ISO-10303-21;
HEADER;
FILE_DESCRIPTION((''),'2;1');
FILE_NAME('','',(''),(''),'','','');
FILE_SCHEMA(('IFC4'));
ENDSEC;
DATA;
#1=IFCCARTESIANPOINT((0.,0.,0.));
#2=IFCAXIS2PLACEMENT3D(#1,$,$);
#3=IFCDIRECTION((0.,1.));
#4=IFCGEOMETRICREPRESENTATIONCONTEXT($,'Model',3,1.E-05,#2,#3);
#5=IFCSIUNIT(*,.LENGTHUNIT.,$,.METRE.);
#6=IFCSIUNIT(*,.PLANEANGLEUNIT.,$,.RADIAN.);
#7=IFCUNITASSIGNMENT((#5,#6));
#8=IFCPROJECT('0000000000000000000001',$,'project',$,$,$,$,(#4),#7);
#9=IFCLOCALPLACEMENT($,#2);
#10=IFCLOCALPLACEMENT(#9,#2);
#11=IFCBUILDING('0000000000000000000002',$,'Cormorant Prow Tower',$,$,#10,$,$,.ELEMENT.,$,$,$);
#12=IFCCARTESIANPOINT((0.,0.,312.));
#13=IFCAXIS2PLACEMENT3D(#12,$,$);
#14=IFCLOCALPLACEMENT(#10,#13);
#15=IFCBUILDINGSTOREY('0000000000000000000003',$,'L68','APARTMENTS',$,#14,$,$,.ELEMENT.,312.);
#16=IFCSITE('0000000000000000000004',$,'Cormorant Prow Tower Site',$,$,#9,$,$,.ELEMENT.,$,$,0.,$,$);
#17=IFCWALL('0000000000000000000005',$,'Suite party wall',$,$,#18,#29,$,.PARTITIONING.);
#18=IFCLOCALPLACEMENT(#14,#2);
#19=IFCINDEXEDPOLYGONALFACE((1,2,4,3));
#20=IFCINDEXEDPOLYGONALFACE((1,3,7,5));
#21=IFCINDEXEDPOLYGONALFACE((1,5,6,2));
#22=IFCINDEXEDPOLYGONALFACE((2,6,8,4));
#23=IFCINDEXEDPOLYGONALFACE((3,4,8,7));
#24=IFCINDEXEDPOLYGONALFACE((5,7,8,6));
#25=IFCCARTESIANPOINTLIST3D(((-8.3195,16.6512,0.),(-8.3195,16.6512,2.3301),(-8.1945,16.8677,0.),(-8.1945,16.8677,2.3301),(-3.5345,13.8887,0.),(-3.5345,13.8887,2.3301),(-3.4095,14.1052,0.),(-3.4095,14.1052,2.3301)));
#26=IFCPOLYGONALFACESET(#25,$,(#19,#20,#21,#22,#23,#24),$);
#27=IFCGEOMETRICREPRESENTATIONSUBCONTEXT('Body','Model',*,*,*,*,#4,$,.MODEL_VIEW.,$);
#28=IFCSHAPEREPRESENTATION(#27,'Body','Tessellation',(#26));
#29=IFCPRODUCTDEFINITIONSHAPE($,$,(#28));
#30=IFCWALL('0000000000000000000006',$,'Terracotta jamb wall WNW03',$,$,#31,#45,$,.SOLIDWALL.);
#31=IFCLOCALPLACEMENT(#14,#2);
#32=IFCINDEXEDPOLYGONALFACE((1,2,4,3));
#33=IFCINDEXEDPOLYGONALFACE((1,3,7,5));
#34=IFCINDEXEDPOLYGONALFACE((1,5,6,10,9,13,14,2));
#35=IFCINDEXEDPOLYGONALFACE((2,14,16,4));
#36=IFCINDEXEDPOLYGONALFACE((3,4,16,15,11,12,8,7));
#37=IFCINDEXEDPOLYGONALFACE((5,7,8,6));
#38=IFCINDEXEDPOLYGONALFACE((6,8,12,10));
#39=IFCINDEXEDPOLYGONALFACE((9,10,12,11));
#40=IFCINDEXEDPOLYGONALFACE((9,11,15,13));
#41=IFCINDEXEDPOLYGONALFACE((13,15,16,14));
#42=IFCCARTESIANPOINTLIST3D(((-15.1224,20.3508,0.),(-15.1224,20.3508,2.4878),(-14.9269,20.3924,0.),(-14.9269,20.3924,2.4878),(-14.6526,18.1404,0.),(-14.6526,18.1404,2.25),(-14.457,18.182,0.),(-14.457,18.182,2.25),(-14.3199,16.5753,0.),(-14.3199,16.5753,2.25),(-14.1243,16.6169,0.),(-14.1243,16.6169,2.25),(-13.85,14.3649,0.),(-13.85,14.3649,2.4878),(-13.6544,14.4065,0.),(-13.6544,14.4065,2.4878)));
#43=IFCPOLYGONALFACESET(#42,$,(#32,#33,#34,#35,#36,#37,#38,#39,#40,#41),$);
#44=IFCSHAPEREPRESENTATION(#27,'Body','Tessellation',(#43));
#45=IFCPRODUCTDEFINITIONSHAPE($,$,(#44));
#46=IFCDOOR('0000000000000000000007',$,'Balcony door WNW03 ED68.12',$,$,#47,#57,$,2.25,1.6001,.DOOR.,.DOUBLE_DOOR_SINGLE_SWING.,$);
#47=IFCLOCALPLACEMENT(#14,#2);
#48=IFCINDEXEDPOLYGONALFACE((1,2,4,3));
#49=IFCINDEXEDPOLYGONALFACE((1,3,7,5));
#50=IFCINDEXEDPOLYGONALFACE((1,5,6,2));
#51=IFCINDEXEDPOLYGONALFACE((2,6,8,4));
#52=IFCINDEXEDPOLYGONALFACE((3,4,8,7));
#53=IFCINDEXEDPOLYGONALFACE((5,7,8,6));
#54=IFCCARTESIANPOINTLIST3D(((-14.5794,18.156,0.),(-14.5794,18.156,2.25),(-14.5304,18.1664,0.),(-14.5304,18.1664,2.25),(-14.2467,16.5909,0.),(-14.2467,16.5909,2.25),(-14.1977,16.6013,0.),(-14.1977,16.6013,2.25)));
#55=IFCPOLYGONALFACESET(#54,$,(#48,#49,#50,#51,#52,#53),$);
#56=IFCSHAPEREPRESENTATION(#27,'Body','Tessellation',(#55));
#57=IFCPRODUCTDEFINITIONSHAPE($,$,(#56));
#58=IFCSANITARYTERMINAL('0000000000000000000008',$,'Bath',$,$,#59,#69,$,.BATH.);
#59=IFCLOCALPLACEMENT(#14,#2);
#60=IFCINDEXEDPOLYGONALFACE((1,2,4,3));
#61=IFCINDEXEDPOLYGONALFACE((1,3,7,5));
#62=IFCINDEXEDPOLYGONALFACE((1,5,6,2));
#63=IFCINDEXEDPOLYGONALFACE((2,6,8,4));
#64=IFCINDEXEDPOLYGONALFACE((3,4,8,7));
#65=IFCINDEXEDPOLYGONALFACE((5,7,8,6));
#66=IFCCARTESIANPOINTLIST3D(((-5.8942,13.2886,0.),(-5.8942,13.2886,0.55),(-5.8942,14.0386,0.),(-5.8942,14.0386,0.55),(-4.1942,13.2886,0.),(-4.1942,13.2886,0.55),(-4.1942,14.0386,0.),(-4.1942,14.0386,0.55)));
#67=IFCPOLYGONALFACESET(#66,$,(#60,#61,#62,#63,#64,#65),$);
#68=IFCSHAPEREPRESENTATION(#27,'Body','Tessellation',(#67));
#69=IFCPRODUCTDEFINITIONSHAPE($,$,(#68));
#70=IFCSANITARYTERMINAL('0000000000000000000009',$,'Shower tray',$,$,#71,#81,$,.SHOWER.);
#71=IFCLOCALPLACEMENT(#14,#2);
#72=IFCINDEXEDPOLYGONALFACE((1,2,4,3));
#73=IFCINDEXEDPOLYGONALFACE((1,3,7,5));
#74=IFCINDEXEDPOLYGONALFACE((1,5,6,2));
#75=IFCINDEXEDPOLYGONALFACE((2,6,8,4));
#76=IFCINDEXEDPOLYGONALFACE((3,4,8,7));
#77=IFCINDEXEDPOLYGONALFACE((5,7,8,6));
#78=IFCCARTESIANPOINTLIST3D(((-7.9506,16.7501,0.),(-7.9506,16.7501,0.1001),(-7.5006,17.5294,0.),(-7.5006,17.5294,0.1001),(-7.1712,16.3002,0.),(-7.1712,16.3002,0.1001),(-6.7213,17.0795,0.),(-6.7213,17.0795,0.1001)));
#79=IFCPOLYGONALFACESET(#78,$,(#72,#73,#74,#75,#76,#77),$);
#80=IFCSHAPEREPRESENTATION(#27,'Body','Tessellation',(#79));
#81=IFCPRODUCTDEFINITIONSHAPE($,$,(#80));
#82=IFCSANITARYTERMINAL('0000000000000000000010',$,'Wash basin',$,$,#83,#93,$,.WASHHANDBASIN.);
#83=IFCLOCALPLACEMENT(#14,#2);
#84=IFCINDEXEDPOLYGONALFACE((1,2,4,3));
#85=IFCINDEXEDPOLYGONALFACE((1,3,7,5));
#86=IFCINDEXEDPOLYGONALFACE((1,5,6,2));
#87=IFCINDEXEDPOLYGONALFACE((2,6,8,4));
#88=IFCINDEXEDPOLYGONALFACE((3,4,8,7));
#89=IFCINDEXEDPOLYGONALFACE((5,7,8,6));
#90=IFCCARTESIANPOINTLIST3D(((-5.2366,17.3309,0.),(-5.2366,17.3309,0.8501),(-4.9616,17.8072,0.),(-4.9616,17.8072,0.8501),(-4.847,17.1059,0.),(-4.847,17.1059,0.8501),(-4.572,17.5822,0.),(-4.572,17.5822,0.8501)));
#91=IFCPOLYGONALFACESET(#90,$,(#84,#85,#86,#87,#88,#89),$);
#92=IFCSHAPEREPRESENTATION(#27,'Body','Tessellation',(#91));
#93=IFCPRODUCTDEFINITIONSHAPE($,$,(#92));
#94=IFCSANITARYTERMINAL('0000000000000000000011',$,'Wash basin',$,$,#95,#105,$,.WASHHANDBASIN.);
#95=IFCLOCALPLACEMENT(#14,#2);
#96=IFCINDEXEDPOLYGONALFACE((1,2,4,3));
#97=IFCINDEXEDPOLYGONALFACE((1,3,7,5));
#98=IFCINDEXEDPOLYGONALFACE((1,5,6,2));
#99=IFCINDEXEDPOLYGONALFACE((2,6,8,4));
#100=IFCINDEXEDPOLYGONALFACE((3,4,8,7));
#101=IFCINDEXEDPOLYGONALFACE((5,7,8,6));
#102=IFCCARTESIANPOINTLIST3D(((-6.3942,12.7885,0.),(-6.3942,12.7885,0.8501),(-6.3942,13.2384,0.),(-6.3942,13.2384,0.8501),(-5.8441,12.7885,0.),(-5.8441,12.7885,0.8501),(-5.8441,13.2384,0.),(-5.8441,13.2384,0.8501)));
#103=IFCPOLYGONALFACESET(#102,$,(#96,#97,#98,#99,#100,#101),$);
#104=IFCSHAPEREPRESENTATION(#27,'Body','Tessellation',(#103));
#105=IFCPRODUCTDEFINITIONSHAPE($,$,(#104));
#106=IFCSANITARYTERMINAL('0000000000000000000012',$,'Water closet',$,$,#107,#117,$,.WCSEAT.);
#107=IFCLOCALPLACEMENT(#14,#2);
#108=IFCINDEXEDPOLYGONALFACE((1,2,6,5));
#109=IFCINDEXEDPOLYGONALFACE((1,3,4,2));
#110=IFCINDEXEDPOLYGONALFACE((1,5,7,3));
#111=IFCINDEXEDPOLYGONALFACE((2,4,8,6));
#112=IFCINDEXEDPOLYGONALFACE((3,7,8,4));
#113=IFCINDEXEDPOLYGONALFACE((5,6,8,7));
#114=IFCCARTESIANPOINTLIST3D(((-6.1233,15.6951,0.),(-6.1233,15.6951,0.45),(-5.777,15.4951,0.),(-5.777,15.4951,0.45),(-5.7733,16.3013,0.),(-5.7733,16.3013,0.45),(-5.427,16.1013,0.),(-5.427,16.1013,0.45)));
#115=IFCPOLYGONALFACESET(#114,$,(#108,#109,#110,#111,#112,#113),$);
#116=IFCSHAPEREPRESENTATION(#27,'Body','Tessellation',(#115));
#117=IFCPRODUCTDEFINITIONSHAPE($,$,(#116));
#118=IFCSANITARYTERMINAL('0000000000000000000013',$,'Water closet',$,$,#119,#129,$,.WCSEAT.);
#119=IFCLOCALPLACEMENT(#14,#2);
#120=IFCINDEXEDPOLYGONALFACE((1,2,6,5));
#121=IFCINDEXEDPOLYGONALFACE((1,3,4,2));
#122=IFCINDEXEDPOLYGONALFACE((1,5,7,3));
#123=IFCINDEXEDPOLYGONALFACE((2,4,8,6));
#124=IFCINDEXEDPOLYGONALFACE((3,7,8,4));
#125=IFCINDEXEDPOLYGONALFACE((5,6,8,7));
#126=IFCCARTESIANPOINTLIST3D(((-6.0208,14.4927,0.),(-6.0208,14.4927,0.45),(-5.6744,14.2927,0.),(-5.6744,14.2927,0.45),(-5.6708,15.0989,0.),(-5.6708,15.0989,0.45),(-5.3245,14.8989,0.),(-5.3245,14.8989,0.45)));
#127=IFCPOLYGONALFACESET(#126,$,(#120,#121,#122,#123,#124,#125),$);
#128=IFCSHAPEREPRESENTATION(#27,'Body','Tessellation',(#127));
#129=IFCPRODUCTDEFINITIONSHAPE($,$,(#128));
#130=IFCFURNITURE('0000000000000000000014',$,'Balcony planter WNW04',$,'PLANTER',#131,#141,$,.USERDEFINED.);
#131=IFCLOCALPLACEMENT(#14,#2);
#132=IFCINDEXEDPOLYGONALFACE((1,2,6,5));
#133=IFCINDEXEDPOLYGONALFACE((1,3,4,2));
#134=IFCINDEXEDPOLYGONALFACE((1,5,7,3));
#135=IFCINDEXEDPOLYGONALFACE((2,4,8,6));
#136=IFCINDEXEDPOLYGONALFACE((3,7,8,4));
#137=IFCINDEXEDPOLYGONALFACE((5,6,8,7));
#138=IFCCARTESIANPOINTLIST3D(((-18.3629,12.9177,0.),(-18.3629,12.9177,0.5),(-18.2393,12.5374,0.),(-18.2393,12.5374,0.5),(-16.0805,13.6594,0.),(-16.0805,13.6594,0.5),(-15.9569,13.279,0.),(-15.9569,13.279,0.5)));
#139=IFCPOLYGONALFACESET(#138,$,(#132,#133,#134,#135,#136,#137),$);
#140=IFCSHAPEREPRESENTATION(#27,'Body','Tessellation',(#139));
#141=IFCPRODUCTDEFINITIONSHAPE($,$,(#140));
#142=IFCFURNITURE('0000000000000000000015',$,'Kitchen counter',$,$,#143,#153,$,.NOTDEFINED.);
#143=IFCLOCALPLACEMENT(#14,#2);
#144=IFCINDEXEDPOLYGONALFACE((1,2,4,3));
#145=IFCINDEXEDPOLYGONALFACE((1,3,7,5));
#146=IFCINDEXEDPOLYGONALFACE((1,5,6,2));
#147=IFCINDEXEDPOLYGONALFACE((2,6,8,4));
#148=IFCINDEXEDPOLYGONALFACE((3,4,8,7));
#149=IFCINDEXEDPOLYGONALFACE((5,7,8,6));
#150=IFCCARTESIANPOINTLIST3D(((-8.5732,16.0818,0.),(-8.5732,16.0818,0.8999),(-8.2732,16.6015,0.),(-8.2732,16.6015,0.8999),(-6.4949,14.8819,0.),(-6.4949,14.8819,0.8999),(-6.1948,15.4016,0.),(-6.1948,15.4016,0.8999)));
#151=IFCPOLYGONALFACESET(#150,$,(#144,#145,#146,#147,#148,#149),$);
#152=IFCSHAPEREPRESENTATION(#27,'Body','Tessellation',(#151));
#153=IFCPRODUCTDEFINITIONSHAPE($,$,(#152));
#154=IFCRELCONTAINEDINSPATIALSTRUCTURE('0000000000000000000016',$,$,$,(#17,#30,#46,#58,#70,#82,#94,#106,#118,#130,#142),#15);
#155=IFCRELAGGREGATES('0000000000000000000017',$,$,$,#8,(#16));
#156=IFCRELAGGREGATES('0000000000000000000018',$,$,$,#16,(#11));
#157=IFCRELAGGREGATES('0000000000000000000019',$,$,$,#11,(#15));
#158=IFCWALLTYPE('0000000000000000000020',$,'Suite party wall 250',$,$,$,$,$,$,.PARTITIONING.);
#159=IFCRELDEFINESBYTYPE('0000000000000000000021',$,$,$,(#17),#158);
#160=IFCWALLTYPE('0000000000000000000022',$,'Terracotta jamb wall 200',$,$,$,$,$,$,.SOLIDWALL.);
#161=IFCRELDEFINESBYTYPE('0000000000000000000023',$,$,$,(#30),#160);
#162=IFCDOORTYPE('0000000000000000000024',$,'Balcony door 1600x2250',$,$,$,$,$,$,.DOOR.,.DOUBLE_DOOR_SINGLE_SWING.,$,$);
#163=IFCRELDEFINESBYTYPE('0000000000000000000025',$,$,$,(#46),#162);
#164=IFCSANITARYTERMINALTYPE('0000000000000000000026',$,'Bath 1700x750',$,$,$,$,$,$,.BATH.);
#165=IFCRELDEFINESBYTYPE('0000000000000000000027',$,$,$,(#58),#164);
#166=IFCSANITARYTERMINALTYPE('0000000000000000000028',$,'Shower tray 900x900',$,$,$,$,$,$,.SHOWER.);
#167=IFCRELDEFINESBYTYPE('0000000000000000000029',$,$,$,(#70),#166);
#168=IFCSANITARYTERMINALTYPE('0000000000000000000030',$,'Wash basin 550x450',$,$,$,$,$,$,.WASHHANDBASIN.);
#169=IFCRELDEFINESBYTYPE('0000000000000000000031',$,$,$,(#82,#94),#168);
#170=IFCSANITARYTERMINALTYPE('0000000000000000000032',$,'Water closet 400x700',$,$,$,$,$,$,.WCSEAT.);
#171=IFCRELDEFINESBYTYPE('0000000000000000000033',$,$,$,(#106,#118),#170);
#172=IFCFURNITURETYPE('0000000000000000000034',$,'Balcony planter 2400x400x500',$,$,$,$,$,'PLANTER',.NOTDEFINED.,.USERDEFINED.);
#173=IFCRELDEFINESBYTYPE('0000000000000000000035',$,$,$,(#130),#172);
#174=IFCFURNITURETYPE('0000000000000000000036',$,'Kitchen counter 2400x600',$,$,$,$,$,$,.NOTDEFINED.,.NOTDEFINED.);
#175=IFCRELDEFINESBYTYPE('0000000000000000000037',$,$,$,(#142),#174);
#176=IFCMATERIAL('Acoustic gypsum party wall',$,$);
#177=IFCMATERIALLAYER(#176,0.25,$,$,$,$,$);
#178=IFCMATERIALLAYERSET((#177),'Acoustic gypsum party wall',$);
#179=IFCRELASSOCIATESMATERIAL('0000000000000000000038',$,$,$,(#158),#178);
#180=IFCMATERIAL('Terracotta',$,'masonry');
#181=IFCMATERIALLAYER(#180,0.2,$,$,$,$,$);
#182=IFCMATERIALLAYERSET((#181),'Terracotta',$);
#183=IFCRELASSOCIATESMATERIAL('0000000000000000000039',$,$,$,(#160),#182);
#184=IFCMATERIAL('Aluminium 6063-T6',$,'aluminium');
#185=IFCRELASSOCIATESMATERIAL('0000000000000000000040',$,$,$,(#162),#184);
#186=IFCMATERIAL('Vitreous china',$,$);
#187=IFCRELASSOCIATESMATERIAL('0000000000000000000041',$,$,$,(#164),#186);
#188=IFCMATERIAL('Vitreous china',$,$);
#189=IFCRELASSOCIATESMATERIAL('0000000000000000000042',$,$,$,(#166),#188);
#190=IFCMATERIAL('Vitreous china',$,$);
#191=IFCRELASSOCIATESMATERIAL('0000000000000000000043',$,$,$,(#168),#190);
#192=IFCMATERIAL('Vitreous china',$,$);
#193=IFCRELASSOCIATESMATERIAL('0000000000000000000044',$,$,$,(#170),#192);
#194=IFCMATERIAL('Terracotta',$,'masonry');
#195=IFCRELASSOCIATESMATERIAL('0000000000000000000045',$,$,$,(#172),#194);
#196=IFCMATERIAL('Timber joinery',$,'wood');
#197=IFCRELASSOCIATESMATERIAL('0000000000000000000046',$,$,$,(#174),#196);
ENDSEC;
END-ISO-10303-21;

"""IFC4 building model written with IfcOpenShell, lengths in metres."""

from ifc_helpers import new_model, si_unit, direction, frame, frame_2d, origin, origin_2d, place, context, subcontext, project, spatial, rectangle, extrude, material, layer, layer_set, type_object, element, fill, save


model = new_model("IFC4")

# Units and contexts
model_context = context("Model", 3, precision=1e-05, world=origin(), true_north=direction((0.0, 1.0)))
body_context = subcontext(model_context, "Body", "Model", "MODEL_VIEW")
ifc_project = project(units=[si_unit("LENGTHUNIT", "METRE"), si_unit("PLANEANGLEUNIT", "RADIAN")], contexts=[model_context])

# Site, building, storey
site_placement = place(None, origin())
site = spatial("IfcSite", under=ifc_project, at=site_placement, Name="Cormorant Prow Tower Site", CompositionType="ELEMENT", RefElevation=0.0)
building_placement = place(site_placement, origin())
building = spatial("IfcBuilding", under=site, at=building_placement, Name="Cormorant Prow Tower", CompositionType="ELEMENT")
storey_placement = place(building_placement, frame((0.0, 0.0, 312.0)))
storey = spatial("IfcBuildingStorey", under=building, at=storey_placement, Name="L68", Description="APARTMENTS", CompositionType="ELEMENT", Elevation=312.0)

# Wall
ifc_material_1 = material(Name="Acoustic gypsum party wall")
ifc_layer_1 = layer(ifc_material_1, 0.25)
ifc_layer_set_1 = layer_set([ifc_layer_1], Name="Acoustic gypsum party wall")
wall_type_1 = type_object("IfcWallType", Name="Suite party wall 250", PredefinedType="PARTITIONING", material=ifc_layer_set_1)
wall_1_placement = place(storey_placement, frame((-8.2571, 16.7595, 0.0), z_axis=(0.0, 0.0, 1.0), x_axis=(0.866035, -0.499984, 0.0)))
element("IfcWall", 1, at=wall_1_placement, inside=storey, type_object=wall_type_1, Name="Suite party wall", PredefinedType="PARTITIONING", context=body_context, shape_type="SweptSolid", body=[
    extrude(rectangle(XDim=5.5251, YDim=0.25, at=frame_2d((2.7627, 0.0))), origin(), (0.0, 0.0, 1.0), 2.3301),
])

# Wall, opening, door
ifc_material_2 = material(Name="Terracotta", Category="masonry")
ifc_layer_2 = layer(ifc_material_2, 0.2)
ifc_layer_set_2 = layer_set([ifc_layer_2], Name="Terracotta")
wall_type_2 = type_object("IfcWallType", Name="Terracotta jamb wall 200", PredefinedType="SOLIDWALL", material=ifc_layer_set_2)
wall_2_placement = place(storey_placement, frame((-15.0247, 20.3716, 0.0), z_axis=(0.0, 0.0, 1.0), x_axis=(0.207932, -0.978143, 0.0)))
wall_2 = element("IfcWall", 2, at=wall_2_placement, inside=storey, type_object=wall_type_2, Name="Terracotta jamb wall WNW03", PredefinedType="SOLIDWALL", context=body_context, shape_type="SweptSolid", body=[
    extrude(rectangle(XDim=6.1196, YDim=0.2, at=frame_2d((3.0598, 0.0))), origin(), (0.0, 0.0, 1.0), 2.4878),
])
opening_1_placement = place(wall_2_placement, frame((2.2598, 0.0, 0.0)))
opening_1 = element("IfcOpeningElement", 3, at=opening_1_placement, cuts=wall_2, PredefinedType="OPENING", context=body_context, shape_type="SweptSolid", body=[
    extrude(rectangle(XDim=1.6001, YDim=2.25, at=frame_2d((0.8, 1.125))), frame((0.0, 0.1099, 0.0), z_axis=(0.0, -1.0, 0.0), x_axis=(1.0, 0.0, 0.0)), (0.0, 0.0, 1.0), 0.22),
])
ifc_material_3 = material(Name="Aluminium 6063-T6", Category="aluminium")
door_type_1 = type_object("IfcDoorType", Name="Balcony door 1600x2250", OperationType="DOUBLE_DOOR_SINGLE_SWING", PredefinedType="DOOR", material=ifc_material_3)
door_1_placement = place(opening_1_placement, origin())
door_1 = element("IfcDoor", 4, at=door_1_placement, inside=storey, type_object=door_type_1, Name="Balcony door WNW03 ED68.12", OperationType="DOUBLE_DOOR_SINGLE_SWING", OverallHeight=2.25, OverallWidth=1.6001, PredefinedType="DOOR", context=body_context, shape_type="SweptSolid", body=[
    extrude(rectangle(XDim=1.6001, YDim=2.25, at=frame_2d((0.8, 1.125))), frame((0.0, 0.0249, 0.0), z_axis=(0.0, -1.0, 0.0), x_axis=(1.0, 0.0, 0.0)), (0.0, 0.0, 1.0), 0.05),
])
fill(opening_1, door_1)

# Sanitary terminals
ifc_material_4 = material(Name="Vitreous china")
sanitary_terminal_type_1 = type_object("IfcSanitaryTerminalType", Name="Bath 1700x750", PredefinedType="BATH", material=ifc_material_4)
sanitary_terminal_1_placement = place(storey_placement, frame((-5.0442, 13.6636, 0.0), z_axis=(0.0, 0.0, 1.0), x_axis=(1.0, 0.0, 0.0)))
element("IfcSanitaryTerminal", 5, at=sanitary_terminal_1_placement, inside=storey, type_object=sanitary_terminal_type_1, Name="Bath", PredefinedType="BATH", context=body_context, shape_type="SweptSolid", body=[
    extrude(rectangle(XDim=1.7, YDim=0.75, at=origin_2d()), origin(), (0.0, 0.0, 1.0), 0.55),
])
ifc_material_5 = material(Name="Vitreous china")
sanitary_terminal_type_2 = type_object("IfcSanitaryTerminalType", Name="Shower tray 900x900", PredefinedType="SHOWER", material=ifc_material_5)
sanitary_terminal_2_placement = place(storey_placement, frame((-7.3359, 16.9148, 0.0), z_axis=(0.0, 0.0, 1.0), x_axis=(0.5, 0.866025, 0.0)))
element("IfcSanitaryTerminal", 6, at=sanitary_terminal_2_placement, inside=storey, type_object=sanitary_terminal_type_2, Name="Shower tray", PredefinedType="SHOWER", context=body_context, shape_type="SweptSolid", body=[
    extrude(rectangle(XDim=0.8999, YDim=0.8999, at=origin_2d()), origin(), (0.0, 0.0, 1.0), 0.1001),
])
ifc_material_6 = material(Name="Vitreous china")
sanitary_terminal_type_3 = type_object("IfcSanitaryTerminalType", Name="Wash basin 550x450", PredefinedType="WASHHANDBASIN", material=ifc_material_6)
for number, where, z_axis, x_axis, name in (
    (7, (-4.9043, 17.4565, 0.0), (0.0, 0.0, 1.0), (-0.5, -0.866025, 0.0), "Wash basin"),
    (8, (-6.1191, 13.0134, 0.0), (0.0, 0.0, 1.0), (1.0, 0.0, 0.0), "Wash basin"),
):
    element("IfcSanitaryTerminal", number, at=place(storey_placement, frame(where, z_axis=z_axis, x_axis=x_axis)), inside=storey, type_object=sanitary_terminal_type_3, Name=name, PredefinedType="WASHHANDBASIN", context=body_context, shape_type="SweptSolid", body=[
        extrude(rectangle(XDim=0.55, YDim=0.45, at=origin_2d()), origin(), (0.0, 0.0, 1.0), 0.8501),
    ])
ifc_material_7 = material(Name="Vitreous china")
sanitary_terminal_type_4 = type_object("IfcSanitaryTerminalType", Name="Water closet 400x700", PredefinedType="WCSEAT", material=ifc_material_7)
for number, where, z_axis, x_axis, name in (
    (9, (-5.7751, 15.8982, 0.0), (0.0, 0.0, 1.0), (-0.866025, 0.5, 0.0), "Water closet"),
    (10, (-5.6726, 14.6958, 0.0), (0.0, 0.0, 1.0), (0.866025, -0.5, 0.0), "Water closet"),
):
    element("IfcSanitaryTerminal", number, at=place(storey_placement, frame(where, z_axis=z_axis, x_axis=x_axis)), inside=storey, type_object=sanitary_terminal_type_4, Name=name, PredefinedType="WCSEAT", context=body_context, shape_type="SweptSolid", body=[
        extrude(rectangle(XDim=0.3999, YDim=0.7, at=origin_2d()), origin(), (0.0, 0.0, 1.0), 0.45),
    ])

# Furniture
ifc_material_8 = material(Name="Terracotta", Category="masonry")
furniture_type_1 = type_object("IfcFurnitureType", Name="Balcony planter 2400x400x500", ElementType="PLANTER", AssemblyPlace="NOTDEFINED", PredefinedType="USERDEFINED", material=ifc_material_8)
furniture_1_placement = place(storey_placement, frame((-17.1599, 13.0984, 0.0), z_axis=(0.0, 0.0, 1.0), x_axis=(-0.951056, -0.309017, 0.0)))
element("IfcFurniture", 11, at=furniture_1_placement, inside=storey, type_object=furniture_type_1, Name="Balcony planter WNW04", ObjectType="PLANTER", PredefinedType="USERDEFINED", context=body_context, shape_type="SweptSolid", body=[
    extrude(rectangle(XDim=2.3999, YDim=0.3999, at=origin_2d()), origin(), (0.0, 0.0, 1.0), 0.5),
])
ifc_material_9 = material(Name="Timber joinery", Category="wood")
furniture_type_2 = type_object("IfcFurnitureType", Name="Kitchen counter 2400x600", AssemblyPlace="NOTDEFINED", PredefinedType="NOTDEFINED", material=ifc_material_9)
furniture_2_placement = place(storey_placement, frame((-7.384, 15.7417, 0.0), z_axis=(0.0, 0.0, 1.0), x_axis=(0.866025, -0.5, 0.0)))
element("IfcFurniture", 12, at=furniture_2_placement, inside=storey, type_object=furniture_type_2, Name="Kitchen counter", PredefinedType="NOTDEFINED", context=body_context, shape_type="SweptSolid", body=[
    extrude(rectangle(XDim=2.3999, YDim=0.6001, at=origin_2d()), origin(), (0.0, 0.0, 1.0), 0.8999),
])

save(model, "model.ifc")
